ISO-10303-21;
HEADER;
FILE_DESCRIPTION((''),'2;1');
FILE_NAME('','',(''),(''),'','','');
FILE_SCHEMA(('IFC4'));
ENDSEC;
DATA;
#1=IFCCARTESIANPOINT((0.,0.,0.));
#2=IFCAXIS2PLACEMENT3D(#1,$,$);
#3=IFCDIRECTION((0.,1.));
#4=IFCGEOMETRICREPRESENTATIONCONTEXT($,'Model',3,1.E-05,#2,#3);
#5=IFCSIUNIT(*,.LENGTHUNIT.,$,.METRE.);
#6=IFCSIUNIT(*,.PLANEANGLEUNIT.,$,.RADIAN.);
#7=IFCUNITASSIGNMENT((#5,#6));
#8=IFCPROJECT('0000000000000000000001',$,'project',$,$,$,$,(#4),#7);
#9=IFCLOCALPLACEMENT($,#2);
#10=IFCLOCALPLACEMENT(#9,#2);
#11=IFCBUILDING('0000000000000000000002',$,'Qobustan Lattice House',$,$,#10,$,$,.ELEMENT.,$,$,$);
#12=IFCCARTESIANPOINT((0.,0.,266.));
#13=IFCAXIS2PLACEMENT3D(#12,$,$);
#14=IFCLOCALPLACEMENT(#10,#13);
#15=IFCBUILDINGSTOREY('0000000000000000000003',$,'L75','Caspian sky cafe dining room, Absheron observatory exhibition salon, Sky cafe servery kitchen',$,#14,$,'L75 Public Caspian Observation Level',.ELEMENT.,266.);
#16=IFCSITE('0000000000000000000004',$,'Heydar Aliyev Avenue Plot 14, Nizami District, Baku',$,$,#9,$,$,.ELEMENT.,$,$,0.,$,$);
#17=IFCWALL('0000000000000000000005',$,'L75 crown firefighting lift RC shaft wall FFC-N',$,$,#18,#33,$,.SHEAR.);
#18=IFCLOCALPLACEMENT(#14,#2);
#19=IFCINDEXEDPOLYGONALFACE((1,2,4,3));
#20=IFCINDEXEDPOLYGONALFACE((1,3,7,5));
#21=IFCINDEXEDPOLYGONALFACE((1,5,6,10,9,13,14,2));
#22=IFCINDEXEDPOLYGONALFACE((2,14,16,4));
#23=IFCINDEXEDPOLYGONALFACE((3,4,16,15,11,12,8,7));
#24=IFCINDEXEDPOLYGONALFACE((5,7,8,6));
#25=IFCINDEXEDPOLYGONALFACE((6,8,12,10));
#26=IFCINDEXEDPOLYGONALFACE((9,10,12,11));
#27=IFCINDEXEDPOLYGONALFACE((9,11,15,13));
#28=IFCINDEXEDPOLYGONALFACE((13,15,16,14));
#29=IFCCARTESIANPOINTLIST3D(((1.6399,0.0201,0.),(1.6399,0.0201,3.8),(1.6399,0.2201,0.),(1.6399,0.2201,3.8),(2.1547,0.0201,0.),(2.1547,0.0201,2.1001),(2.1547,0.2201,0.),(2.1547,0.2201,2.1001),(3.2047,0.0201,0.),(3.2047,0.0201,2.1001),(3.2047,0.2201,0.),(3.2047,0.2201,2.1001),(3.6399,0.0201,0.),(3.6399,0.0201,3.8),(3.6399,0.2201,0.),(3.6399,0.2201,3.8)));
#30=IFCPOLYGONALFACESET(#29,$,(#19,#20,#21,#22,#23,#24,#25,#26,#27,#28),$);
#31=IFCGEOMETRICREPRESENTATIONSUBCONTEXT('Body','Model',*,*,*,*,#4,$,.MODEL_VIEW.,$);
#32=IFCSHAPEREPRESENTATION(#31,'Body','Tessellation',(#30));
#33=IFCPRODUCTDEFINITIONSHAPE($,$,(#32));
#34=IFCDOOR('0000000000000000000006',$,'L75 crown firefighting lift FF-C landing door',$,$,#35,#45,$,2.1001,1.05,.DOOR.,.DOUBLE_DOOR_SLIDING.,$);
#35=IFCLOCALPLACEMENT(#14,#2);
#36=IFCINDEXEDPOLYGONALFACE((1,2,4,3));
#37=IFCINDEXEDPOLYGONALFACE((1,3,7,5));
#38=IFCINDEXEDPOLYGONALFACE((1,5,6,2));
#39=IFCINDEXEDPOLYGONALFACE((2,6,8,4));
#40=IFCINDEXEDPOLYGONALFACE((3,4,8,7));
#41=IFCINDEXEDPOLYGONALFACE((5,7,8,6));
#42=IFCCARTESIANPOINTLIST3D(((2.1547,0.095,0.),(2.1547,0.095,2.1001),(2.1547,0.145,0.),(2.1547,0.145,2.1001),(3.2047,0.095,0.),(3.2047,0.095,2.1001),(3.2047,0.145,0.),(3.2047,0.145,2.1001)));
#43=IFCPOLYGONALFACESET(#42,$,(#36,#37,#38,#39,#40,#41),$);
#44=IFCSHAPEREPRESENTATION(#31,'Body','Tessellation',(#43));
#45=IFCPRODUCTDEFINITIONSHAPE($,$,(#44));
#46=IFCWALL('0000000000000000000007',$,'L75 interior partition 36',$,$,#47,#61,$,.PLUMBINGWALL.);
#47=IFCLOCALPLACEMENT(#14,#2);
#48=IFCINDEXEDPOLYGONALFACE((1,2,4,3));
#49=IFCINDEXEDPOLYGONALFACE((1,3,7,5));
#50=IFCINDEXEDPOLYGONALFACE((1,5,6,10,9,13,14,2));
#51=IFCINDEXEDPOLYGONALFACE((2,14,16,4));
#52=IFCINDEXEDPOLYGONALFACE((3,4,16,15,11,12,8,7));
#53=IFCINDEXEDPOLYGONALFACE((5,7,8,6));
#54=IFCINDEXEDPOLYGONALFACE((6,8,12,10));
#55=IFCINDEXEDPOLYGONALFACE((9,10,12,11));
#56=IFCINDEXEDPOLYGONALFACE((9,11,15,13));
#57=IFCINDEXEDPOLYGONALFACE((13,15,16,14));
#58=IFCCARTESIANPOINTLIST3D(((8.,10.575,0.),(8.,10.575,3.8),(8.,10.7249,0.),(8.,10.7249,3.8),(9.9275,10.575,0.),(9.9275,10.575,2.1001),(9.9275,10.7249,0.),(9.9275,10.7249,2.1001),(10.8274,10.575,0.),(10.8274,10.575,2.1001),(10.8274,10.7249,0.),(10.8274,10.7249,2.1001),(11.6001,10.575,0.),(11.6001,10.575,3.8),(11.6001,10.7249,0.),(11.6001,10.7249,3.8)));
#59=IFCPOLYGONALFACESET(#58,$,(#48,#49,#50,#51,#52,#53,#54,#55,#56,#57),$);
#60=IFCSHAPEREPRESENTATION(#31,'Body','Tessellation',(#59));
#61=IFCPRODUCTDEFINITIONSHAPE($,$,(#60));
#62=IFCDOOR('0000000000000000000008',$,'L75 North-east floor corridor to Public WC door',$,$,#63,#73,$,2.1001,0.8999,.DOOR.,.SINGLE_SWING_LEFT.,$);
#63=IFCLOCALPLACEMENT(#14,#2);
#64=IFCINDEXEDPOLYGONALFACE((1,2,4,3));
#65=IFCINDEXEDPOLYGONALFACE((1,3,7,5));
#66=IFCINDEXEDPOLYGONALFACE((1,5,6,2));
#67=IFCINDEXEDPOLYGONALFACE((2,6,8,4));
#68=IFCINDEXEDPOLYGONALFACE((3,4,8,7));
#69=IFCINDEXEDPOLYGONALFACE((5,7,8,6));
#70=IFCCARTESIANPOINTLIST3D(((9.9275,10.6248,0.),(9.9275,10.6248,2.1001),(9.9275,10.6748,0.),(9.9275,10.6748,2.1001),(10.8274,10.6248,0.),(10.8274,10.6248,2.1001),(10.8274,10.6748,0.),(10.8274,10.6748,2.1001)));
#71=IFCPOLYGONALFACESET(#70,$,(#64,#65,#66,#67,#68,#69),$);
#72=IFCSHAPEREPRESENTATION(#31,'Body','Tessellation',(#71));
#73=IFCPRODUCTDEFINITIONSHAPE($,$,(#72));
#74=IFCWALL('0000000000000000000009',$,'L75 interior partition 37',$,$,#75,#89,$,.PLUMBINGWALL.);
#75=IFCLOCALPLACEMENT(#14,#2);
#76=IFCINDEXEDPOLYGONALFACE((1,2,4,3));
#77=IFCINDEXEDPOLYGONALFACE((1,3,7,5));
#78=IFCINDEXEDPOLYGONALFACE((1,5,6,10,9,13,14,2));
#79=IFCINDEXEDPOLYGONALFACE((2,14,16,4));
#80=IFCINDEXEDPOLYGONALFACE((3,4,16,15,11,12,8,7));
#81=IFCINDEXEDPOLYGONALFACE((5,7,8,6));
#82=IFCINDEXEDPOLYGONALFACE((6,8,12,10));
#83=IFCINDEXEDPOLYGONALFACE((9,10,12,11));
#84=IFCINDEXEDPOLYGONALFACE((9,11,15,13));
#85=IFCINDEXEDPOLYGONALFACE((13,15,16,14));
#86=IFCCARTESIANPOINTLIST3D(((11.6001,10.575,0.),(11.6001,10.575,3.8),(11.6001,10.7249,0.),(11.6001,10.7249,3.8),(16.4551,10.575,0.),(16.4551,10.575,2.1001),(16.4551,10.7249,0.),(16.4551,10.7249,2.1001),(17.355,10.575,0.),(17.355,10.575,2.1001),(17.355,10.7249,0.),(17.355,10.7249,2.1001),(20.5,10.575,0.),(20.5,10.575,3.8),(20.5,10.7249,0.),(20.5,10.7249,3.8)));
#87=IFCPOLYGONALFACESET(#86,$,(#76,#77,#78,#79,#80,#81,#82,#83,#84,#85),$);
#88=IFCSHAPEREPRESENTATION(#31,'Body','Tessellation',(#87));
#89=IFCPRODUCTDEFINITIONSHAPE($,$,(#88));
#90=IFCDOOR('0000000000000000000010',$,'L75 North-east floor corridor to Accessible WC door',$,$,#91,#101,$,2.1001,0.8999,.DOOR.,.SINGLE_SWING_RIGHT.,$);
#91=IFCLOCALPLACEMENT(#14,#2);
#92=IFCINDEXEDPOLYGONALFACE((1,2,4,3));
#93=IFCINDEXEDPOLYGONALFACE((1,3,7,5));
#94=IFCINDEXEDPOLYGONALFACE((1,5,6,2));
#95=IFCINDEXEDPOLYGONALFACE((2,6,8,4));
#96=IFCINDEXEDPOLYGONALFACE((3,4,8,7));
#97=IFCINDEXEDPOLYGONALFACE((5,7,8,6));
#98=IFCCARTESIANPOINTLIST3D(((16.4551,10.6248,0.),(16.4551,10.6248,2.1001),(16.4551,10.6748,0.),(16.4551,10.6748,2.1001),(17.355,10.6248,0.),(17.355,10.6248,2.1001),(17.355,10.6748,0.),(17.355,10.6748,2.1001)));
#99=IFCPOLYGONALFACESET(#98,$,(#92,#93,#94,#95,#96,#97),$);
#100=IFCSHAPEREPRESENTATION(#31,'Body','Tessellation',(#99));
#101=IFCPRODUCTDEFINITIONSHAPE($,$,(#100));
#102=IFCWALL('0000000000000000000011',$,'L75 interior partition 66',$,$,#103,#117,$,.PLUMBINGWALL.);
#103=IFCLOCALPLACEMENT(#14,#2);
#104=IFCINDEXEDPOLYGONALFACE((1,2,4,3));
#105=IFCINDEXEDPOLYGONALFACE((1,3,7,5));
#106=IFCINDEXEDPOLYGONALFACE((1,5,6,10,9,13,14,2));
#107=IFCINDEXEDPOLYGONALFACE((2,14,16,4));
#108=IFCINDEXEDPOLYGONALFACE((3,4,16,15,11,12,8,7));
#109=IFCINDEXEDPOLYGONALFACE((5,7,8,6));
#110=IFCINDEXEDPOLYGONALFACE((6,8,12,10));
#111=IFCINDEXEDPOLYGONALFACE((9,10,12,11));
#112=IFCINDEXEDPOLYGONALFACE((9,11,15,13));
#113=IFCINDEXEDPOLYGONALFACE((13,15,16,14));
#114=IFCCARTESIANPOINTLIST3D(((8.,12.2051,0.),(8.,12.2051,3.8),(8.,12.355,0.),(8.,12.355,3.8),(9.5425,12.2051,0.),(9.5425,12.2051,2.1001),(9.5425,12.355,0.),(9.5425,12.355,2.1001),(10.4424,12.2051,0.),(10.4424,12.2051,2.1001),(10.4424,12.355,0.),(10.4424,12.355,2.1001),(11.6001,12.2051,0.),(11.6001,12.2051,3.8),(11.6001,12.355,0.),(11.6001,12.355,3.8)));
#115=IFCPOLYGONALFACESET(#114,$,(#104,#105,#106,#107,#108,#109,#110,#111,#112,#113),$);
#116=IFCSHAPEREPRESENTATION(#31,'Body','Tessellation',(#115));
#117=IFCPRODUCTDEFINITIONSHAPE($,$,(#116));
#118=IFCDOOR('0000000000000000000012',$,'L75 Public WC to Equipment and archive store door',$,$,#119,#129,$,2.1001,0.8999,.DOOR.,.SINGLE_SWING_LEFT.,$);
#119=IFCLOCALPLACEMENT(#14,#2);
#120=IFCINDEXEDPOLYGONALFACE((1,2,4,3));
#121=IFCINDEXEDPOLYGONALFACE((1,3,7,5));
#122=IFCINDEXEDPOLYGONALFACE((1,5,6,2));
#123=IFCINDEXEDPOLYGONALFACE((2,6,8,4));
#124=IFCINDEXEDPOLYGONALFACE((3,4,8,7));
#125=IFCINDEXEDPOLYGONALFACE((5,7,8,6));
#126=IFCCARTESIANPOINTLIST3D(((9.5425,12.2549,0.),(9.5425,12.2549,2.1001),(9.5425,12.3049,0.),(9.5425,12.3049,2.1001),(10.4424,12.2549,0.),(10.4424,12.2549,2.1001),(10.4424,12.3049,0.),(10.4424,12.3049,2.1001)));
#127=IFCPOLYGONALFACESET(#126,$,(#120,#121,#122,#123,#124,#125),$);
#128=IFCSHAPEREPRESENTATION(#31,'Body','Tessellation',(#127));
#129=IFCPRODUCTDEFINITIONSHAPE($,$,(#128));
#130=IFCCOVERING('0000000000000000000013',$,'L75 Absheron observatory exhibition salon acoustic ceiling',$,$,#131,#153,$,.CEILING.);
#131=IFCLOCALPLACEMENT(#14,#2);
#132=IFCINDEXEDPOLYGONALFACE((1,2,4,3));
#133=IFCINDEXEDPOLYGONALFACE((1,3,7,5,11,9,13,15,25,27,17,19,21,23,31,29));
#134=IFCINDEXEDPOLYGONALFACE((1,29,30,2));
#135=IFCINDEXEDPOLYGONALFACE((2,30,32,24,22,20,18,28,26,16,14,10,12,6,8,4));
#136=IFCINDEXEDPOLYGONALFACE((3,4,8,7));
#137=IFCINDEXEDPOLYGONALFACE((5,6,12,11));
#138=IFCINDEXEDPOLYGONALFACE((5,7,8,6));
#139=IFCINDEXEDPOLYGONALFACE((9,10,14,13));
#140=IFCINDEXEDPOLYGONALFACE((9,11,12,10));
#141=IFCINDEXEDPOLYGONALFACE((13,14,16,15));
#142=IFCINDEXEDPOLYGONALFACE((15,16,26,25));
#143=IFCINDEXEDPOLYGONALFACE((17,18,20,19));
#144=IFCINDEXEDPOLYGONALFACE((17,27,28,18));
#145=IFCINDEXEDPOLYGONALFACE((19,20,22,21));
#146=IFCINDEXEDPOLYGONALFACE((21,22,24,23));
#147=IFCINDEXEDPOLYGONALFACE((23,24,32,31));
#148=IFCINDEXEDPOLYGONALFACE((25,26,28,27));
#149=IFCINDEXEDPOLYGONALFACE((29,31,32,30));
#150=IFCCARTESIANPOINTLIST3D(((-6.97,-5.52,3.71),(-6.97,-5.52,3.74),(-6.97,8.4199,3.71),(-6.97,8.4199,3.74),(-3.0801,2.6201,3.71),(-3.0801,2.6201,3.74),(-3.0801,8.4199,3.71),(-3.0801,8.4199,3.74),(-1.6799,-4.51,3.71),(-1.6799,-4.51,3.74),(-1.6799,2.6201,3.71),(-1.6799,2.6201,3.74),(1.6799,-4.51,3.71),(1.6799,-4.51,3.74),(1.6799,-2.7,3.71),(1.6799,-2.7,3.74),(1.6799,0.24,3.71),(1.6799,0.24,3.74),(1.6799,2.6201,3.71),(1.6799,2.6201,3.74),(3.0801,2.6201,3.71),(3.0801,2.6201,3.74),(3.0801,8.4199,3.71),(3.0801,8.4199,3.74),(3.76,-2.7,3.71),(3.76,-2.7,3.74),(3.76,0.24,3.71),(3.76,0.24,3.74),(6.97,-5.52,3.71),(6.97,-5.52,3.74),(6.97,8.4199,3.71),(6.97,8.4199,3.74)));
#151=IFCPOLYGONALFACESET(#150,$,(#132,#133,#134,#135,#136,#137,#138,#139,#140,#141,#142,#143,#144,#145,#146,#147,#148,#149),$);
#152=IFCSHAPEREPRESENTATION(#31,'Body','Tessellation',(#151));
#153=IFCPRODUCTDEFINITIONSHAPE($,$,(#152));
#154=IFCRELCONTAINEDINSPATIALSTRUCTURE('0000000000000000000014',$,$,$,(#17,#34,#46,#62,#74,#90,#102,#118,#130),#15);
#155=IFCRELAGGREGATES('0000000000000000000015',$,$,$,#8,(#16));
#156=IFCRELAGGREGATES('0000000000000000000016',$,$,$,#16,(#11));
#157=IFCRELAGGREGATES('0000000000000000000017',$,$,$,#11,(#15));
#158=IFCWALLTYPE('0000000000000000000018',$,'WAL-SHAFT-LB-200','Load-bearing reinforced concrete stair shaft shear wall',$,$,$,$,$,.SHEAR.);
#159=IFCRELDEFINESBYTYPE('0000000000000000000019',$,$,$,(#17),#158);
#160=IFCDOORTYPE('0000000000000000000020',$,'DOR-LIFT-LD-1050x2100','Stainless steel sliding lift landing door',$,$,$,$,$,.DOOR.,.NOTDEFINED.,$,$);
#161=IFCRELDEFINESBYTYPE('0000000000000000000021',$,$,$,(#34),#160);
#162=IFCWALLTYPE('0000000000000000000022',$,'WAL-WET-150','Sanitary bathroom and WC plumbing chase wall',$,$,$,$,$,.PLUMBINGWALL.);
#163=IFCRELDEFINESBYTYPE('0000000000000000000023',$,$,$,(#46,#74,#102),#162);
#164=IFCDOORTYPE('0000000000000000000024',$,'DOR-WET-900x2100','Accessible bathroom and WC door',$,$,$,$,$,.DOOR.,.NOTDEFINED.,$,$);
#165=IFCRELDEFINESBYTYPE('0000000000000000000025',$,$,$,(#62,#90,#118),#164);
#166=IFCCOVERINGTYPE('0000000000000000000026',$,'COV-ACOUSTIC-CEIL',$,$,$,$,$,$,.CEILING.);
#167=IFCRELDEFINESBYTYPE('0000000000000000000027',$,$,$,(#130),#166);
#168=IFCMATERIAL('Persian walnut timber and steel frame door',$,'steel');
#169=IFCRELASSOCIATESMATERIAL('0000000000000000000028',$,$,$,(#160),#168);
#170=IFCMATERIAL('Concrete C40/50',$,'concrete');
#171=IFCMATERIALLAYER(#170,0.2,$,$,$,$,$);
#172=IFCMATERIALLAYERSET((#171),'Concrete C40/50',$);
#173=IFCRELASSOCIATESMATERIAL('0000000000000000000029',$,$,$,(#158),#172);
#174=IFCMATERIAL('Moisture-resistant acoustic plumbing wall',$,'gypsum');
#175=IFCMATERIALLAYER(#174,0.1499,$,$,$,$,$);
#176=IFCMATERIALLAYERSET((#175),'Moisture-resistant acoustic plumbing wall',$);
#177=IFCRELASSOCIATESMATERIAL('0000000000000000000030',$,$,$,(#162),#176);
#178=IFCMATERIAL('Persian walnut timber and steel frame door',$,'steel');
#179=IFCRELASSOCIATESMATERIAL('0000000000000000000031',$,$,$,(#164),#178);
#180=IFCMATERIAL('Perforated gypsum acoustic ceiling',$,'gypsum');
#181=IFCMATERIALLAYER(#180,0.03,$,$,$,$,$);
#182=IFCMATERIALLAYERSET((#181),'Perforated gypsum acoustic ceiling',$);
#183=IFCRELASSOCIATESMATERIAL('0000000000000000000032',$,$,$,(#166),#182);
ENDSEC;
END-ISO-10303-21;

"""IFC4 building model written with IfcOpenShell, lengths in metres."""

from ifc_helpers import new_model, si_unit, direction, frame, frame_2d, origin, place, context, subcontext, project, spatial, polyline, rectangle, outline, extrude, material, layer, layer_set, type_object, element, fill, save


model = new_model("IFC4")

# Units and contexts
model_context = context("Model", 3, precision=1e-05, world=origin(), true_north=direction((0.0, 1.0)))
body_context = subcontext(model_context, "Body", "Model", "MODEL_VIEW")
ifc_project = project(units=[si_unit("LENGTHUNIT", "METRE"), si_unit("PLANEANGLEUNIT", "RADIAN")], contexts=[model_context])

# Site, building, storey
site_placement = place(None, origin())
site = spatial("IfcSite", under=ifc_project, at=site_placement, Name="Heydar Aliyev Avenue Plot 14, Nizami District, Baku", CompositionType="ELEMENT", RefElevation=0.0)
building_placement = place(site_placement, origin())
building = spatial("IfcBuilding", under=site, at=building_placement, Name="Qobustan Lattice House", CompositionType="ELEMENT")
storey_placement = place(building_placement, frame((0.0, 0.0, 266.0)))
storey = spatial("IfcBuildingStorey", under=building, at=storey_placement, Name="L75", Description="Caspian sky cafe dining room, Absheron observatory exhibition salon, Sky cafe servery kitchen", LongName="L75 Public Caspian Observation Level", CompositionType="ELEMENT", Elevation=266.0)

# Shared definitions
ifc_material_1 = material(Name="Persian walnut timber and steel frame door", Category="steel")
door_type_1 = type_object("IfcDoorType", Name="DOR-LIFT-LD-1050x2100", Description="Stainless steel sliding lift landing door", OperationType="NOTDEFINED", PredefinedType="DOOR", material=ifc_material_1)

# Walls, openings, doors
ifc_material_2 = material(Name="Concrete C40/50", Category="concrete")
ifc_layer_1 = layer(ifc_material_2, 0.2)
ifc_layer_set_1 = layer_set([ifc_layer_1], Name="Concrete C40/50")
wall_type_1 = type_object("IfcWallType", Name="WAL-SHAFT-LB-200", Description="Load-bearing reinforced concrete stair shaft shear wall", PredefinedType="SHEAR", material=ifc_layer_set_1)
wall_1_placement = place(storey_placement, frame((1.6399, 0.1201, 0.0), z_axis=(0.0, 0.0, 1.0), x_axis=(1.0, 0.0, 0.0)))
wall_1 = element("IfcWall", 1, at=wall_1_placement, inside=storey, type_object=wall_type_1, Name="L75 crown firefighting lift RC shaft wall FFC-N", PredefinedType="SHEAR", context=body_context, shape_type="SweptSolid", body=[
    extrude(rectangle(XDim=2.0, YDim=0.2, at=frame_2d((1.0, 0.0))), origin(), (0.0, 0.0, 1.0), 3.8),
])
opening_1_placement = place(wall_1_placement, frame((0.5149, 0.0, 0.0)))
opening_1 = element("IfcOpeningElement", 2, at=opening_1_placement, cuts=wall_1, PredefinedType="OPENING", context=body_context, shape_type="SweptSolid", body=[
    extrude(rectangle(XDim=1.05, YDim=2.1001, at=frame_2d((0.5249, 1.05))), frame((0.0, 0.1099, 0.0), z_axis=(0.0, -1.0, 0.0), x_axis=(1.0, 0.0, 0.0)), (0.0, 0.0, 1.0), 0.22),
])
door_1_placement = place(opening_1_placement, origin())
door_1 = element("IfcDoor", 3, at=door_1_placement, inside=storey, type_object=door_type_1, Name="L75 crown firefighting lift FF-C landing door", OperationType="DOUBLE_DOOR_SLIDING", OverallHeight=2.1001, OverallWidth=1.05, PredefinedType="DOOR", context=body_context, shape_type="SweptSolid", body=[
    extrude(rectangle(XDim=1.05, YDim=2.1001, at=frame_2d((0.5249, 1.05))), frame((0.0, 0.0249, 0.0), z_axis=(0.0, -1.0, 0.0), x_axis=(1.0, 0.0, 0.0)), (0.0, 0.0, 1.0), 0.05),
])
fill(opening_1, door_1)
ifc_material_3 = material(Name="Moisture-resistant acoustic plumbing wall", Category="gypsum")
ifc_layer_2 = layer(ifc_material_3, 0.1499)
ifc_layer_set_2 = layer_set([ifc_layer_2], Name="Moisture-resistant acoustic plumbing wall")
wall_type_2 = type_object("IfcWallType", Name="WAL-WET-150", Description="Sanitary bathroom and WC plumbing chase wall", PredefinedType="PLUMBINGWALL", material=ifc_layer_set_2)
wall_2_placement = place(storey_placement, frame((8.0, 10.6499, 0.0), z_axis=(0.0, 0.0, 1.0), x_axis=(1.0, 0.0, 0.0)))
wall_2 = element("IfcWall", 4, at=wall_2_placement, inside=storey, type_object=wall_type_2, Name="L75 interior partition 36", PredefinedType="PLUMBINGWALL", context=body_context, shape_type="SweptSolid", body=[
    extrude(rectangle(XDim=3.6001, YDim=0.1499, at=frame_2d((1.8, 0.0))), origin(), (0.0, 0.0, 1.0), 3.8),
])
opening_2_placement = place(wall_2_placement, frame((1.9275, 0.0, 0.0)))
opening_2 = element("IfcOpeningElement", 5, at=opening_2_placement, cuts=wall_2, PredefinedType="OPENING", context=body_context, shape_type="SweptSolid", body=[
    extrude(rectangle(XDim=0.8999, YDim=2.1001, at=frame_2d((0.45, 1.05))), frame((0.0, 0.085, 0.0), z_axis=(0.0, -1.0, 0.0), x_axis=(1.0, 0.0, 0.0)), (0.0, 0.0, 1.0), 0.1699),
])
ifc_material_4 = material(Name="Persian walnut timber and steel frame door", Category="steel")
door_type_2 = type_object("IfcDoorType", Name="DOR-WET-900x2100", Description="Accessible bathroom and WC door", OperationType="NOTDEFINED", PredefinedType="DOOR", material=ifc_material_4)
door_2_placement = place(opening_2_placement, origin())
door_2 = element("IfcDoor", 6, at=door_2_placement, inside=storey, type_object=door_type_2, Name="L75 North-east floor corridor to Public WC door", OperationType="SINGLE_SWING_LEFT", OverallHeight=2.1001, OverallWidth=0.8999, PredefinedType="DOOR", context=body_context, shape_type="SweptSolid", body=[
    extrude(rectangle(XDim=0.8999, YDim=2.1001, at=frame_2d((0.45, 1.05))), frame((0.0, 0.0249, 0.0), z_axis=(0.0, -1.0, 0.0), x_axis=(1.0, 0.0, 0.0)), (0.0, 0.0, 1.0), 0.05),
])
fill(opening_2, door_2)
wall_3_placement = place(storey_placement, frame((11.6001, 10.6499, 0.0), z_axis=(0.0, 0.0, 1.0), x_axis=(1.0, 0.0, 0.0)))
wall_3 = element("IfcWall", 7, at=wall_3_placement, inside=storey, type_object=wall_type_2, Name="L75 interior partition 37", PredefinedType="PLUMBINGWALL", context=body_context, shape_type="SweptSolid", body=[
    extrude(rectangle(XDim=8.8999, YDim=0.1499, at=frame_2d((4.45, 0.0))), origin(), (0.0, 0.0, 1.0), 3.8),
])
opening_3_placement = place(wall_3_placement, frame((4.855, 0.0, 0.0)))
opening_3 = element("IfcOpeningElement", 8, at=opening_3_placement, cuts=wall_3, PredefinedType="OPENING", context=body_context, shape_type="SweptSolid", body=[
    extrude(rectangle(XDim=0.8999, YDim=2.1001, at=frame_2d((0.45, 1.05))), frame((0.0, 0.085, 0.0), z_axis=(0.0, -1.0, 0.0), x_axis=(1.0, 0.0, 0.0)), (0.0, 0.0, 1.0), 0.1699),
])
door_3_placement = place(opening_3_placement, origin())
door_3 = element("IfcDoor", 9, at=door_3_placement, inside=storey, type_object=door_type_2, Name="L75 North-east floor corridor to Accessible WC door", OperationType="SINGLE_SWING_RIGHT", OverallHeight=2.1001, OverallWidth=0.8999, PredefinedType="DOOR", context=body_context, shape_type="SweptSolid", body=[
    extrude(rectangle(XDim=0.8999, YDim=2.1001, at=frame_2d((0.45, 1.05))), frame((0.0, 0.0249, 0.0), z_axis=(0.0, -1.0, 0.0), x_axis=(1.0, 0.0, 0.0)), (0.0, 0.0, 1.0), 0.05),
])
fill(opening_3, door_3)

# Wall, opening, door
wall_4_placement = place(storey_placement, frame((8.0, 12.28, 0.0), z_axis=(0.0, 0.0, 1.0), x_axis=(1.0, 0.0, 0.0)))
wall_4 = element("IfcWall", 10, at=wall_4_placement, inside=storey, type_object=wall_type_2, Name="L75 interior partition 66", PredefinedType="PLUMBINGWALL", context=body_context, shape_type="SweptSolid", body=[
    extrude(rectangle(XDim=3.6001, YDim=0.1499, at=frame_2d((1.8, 0.0))), origin(), (0.0, 0.0, 1.0), 3.8),
])
opening_4_placement = place(wall_4_placement, frame((1.5425, 0.0, 0.0)))
opening_4 = element("IfcOpeningElement", 11, at=opening_4_placement, cuts=wall_4, PredefinedType="OPENING", context=body_context, shape_type="SweptSolid", body=[
    extrude(rectangle(XDim=0.8999, YDim=2.1001, at=frame_2d((0.45, 1.05))), frame((0.0, 0.085, 0.0), z_axis=(0.0, -1.0, 0.0), x_axis=(1.0, 0.0, 0.0)), (0.0, 0.0, 1.0), 0.1699),
])
door_4_placement = place(opening_4_placement, origin())
door_4 = element("IfcDoor", 12, at=door_4_placement, inside=storey, type_object=door_type_2, Name="L75 Public WC to Equipment and archive store door", OperationType="SINGLE_SWING_LEFT", OverallHeight=2.1001, OverallWidth=0.8999, PredefinedType="DOOR", context=body_context, shape_type="SweptSolid", body=[
    extrude(rectangle(XDim=0.8999, YDim=2.1001, at=frame_2d((0.45, 1.05))), frame((0.0, 0.0249, 0.0), z_axis=(0.0, -1.0, 0.0), x_axis=(1.0, 0.0, 0.0)), (0.0, 0.0, 1.0), 0.05),
])
fill(opening_4, door_4)

# Covering
ifc_material_5 = material(Name="Perforated gypsum acoustic ceiling", Category="gypsum")
ifc_layer_3 = layer(ifc_material_5, 0.03)
ifc_layer_set_3 = layer_set([ifc_layer_3], Name="Perforated gypsum acoustic ceiling")
covering_type_1 = type_object("IfcCoveringType", Name="COV-ACOUSTIC-CEIL", PredefinedType="CEILING", material=ifc_layer_set_3)
covering_1_placement = place(storey_placement, frame((0.0, 0.0, 3.71)))
element("IfcCovering", 13, at=covering_1_placement, inside=storey, type_object=covering_type_1, Name="L75 Absheron observatory exhibition salon acoustic ceiling", PredefinedType="CEILING", context=body_context, shape_type="SweptSolid", body=[
    extrude(outline(polyline([(6.97, -5.52), (6.97, 8.4199), (3.0801, 8.4199), (3.0801, 2.6201), (1.6799, 2.6201), (1.6799, 0.24), (3.76, 0.24), (3.76, -2.7), (1.6799, -2.7), (1.6799, -4.51), (-1.6799, -4.51), (-1.6799, 2.6201), (-3.0801, 2.6201), (-3.0801, 8.4199), (-6.97, 8.4199), (-6.97, -5.52), (6.97, -5.52)])), origin(), (0.0, 0.0, 1.0), 0.03),
])

save(model, "model.ifc")
